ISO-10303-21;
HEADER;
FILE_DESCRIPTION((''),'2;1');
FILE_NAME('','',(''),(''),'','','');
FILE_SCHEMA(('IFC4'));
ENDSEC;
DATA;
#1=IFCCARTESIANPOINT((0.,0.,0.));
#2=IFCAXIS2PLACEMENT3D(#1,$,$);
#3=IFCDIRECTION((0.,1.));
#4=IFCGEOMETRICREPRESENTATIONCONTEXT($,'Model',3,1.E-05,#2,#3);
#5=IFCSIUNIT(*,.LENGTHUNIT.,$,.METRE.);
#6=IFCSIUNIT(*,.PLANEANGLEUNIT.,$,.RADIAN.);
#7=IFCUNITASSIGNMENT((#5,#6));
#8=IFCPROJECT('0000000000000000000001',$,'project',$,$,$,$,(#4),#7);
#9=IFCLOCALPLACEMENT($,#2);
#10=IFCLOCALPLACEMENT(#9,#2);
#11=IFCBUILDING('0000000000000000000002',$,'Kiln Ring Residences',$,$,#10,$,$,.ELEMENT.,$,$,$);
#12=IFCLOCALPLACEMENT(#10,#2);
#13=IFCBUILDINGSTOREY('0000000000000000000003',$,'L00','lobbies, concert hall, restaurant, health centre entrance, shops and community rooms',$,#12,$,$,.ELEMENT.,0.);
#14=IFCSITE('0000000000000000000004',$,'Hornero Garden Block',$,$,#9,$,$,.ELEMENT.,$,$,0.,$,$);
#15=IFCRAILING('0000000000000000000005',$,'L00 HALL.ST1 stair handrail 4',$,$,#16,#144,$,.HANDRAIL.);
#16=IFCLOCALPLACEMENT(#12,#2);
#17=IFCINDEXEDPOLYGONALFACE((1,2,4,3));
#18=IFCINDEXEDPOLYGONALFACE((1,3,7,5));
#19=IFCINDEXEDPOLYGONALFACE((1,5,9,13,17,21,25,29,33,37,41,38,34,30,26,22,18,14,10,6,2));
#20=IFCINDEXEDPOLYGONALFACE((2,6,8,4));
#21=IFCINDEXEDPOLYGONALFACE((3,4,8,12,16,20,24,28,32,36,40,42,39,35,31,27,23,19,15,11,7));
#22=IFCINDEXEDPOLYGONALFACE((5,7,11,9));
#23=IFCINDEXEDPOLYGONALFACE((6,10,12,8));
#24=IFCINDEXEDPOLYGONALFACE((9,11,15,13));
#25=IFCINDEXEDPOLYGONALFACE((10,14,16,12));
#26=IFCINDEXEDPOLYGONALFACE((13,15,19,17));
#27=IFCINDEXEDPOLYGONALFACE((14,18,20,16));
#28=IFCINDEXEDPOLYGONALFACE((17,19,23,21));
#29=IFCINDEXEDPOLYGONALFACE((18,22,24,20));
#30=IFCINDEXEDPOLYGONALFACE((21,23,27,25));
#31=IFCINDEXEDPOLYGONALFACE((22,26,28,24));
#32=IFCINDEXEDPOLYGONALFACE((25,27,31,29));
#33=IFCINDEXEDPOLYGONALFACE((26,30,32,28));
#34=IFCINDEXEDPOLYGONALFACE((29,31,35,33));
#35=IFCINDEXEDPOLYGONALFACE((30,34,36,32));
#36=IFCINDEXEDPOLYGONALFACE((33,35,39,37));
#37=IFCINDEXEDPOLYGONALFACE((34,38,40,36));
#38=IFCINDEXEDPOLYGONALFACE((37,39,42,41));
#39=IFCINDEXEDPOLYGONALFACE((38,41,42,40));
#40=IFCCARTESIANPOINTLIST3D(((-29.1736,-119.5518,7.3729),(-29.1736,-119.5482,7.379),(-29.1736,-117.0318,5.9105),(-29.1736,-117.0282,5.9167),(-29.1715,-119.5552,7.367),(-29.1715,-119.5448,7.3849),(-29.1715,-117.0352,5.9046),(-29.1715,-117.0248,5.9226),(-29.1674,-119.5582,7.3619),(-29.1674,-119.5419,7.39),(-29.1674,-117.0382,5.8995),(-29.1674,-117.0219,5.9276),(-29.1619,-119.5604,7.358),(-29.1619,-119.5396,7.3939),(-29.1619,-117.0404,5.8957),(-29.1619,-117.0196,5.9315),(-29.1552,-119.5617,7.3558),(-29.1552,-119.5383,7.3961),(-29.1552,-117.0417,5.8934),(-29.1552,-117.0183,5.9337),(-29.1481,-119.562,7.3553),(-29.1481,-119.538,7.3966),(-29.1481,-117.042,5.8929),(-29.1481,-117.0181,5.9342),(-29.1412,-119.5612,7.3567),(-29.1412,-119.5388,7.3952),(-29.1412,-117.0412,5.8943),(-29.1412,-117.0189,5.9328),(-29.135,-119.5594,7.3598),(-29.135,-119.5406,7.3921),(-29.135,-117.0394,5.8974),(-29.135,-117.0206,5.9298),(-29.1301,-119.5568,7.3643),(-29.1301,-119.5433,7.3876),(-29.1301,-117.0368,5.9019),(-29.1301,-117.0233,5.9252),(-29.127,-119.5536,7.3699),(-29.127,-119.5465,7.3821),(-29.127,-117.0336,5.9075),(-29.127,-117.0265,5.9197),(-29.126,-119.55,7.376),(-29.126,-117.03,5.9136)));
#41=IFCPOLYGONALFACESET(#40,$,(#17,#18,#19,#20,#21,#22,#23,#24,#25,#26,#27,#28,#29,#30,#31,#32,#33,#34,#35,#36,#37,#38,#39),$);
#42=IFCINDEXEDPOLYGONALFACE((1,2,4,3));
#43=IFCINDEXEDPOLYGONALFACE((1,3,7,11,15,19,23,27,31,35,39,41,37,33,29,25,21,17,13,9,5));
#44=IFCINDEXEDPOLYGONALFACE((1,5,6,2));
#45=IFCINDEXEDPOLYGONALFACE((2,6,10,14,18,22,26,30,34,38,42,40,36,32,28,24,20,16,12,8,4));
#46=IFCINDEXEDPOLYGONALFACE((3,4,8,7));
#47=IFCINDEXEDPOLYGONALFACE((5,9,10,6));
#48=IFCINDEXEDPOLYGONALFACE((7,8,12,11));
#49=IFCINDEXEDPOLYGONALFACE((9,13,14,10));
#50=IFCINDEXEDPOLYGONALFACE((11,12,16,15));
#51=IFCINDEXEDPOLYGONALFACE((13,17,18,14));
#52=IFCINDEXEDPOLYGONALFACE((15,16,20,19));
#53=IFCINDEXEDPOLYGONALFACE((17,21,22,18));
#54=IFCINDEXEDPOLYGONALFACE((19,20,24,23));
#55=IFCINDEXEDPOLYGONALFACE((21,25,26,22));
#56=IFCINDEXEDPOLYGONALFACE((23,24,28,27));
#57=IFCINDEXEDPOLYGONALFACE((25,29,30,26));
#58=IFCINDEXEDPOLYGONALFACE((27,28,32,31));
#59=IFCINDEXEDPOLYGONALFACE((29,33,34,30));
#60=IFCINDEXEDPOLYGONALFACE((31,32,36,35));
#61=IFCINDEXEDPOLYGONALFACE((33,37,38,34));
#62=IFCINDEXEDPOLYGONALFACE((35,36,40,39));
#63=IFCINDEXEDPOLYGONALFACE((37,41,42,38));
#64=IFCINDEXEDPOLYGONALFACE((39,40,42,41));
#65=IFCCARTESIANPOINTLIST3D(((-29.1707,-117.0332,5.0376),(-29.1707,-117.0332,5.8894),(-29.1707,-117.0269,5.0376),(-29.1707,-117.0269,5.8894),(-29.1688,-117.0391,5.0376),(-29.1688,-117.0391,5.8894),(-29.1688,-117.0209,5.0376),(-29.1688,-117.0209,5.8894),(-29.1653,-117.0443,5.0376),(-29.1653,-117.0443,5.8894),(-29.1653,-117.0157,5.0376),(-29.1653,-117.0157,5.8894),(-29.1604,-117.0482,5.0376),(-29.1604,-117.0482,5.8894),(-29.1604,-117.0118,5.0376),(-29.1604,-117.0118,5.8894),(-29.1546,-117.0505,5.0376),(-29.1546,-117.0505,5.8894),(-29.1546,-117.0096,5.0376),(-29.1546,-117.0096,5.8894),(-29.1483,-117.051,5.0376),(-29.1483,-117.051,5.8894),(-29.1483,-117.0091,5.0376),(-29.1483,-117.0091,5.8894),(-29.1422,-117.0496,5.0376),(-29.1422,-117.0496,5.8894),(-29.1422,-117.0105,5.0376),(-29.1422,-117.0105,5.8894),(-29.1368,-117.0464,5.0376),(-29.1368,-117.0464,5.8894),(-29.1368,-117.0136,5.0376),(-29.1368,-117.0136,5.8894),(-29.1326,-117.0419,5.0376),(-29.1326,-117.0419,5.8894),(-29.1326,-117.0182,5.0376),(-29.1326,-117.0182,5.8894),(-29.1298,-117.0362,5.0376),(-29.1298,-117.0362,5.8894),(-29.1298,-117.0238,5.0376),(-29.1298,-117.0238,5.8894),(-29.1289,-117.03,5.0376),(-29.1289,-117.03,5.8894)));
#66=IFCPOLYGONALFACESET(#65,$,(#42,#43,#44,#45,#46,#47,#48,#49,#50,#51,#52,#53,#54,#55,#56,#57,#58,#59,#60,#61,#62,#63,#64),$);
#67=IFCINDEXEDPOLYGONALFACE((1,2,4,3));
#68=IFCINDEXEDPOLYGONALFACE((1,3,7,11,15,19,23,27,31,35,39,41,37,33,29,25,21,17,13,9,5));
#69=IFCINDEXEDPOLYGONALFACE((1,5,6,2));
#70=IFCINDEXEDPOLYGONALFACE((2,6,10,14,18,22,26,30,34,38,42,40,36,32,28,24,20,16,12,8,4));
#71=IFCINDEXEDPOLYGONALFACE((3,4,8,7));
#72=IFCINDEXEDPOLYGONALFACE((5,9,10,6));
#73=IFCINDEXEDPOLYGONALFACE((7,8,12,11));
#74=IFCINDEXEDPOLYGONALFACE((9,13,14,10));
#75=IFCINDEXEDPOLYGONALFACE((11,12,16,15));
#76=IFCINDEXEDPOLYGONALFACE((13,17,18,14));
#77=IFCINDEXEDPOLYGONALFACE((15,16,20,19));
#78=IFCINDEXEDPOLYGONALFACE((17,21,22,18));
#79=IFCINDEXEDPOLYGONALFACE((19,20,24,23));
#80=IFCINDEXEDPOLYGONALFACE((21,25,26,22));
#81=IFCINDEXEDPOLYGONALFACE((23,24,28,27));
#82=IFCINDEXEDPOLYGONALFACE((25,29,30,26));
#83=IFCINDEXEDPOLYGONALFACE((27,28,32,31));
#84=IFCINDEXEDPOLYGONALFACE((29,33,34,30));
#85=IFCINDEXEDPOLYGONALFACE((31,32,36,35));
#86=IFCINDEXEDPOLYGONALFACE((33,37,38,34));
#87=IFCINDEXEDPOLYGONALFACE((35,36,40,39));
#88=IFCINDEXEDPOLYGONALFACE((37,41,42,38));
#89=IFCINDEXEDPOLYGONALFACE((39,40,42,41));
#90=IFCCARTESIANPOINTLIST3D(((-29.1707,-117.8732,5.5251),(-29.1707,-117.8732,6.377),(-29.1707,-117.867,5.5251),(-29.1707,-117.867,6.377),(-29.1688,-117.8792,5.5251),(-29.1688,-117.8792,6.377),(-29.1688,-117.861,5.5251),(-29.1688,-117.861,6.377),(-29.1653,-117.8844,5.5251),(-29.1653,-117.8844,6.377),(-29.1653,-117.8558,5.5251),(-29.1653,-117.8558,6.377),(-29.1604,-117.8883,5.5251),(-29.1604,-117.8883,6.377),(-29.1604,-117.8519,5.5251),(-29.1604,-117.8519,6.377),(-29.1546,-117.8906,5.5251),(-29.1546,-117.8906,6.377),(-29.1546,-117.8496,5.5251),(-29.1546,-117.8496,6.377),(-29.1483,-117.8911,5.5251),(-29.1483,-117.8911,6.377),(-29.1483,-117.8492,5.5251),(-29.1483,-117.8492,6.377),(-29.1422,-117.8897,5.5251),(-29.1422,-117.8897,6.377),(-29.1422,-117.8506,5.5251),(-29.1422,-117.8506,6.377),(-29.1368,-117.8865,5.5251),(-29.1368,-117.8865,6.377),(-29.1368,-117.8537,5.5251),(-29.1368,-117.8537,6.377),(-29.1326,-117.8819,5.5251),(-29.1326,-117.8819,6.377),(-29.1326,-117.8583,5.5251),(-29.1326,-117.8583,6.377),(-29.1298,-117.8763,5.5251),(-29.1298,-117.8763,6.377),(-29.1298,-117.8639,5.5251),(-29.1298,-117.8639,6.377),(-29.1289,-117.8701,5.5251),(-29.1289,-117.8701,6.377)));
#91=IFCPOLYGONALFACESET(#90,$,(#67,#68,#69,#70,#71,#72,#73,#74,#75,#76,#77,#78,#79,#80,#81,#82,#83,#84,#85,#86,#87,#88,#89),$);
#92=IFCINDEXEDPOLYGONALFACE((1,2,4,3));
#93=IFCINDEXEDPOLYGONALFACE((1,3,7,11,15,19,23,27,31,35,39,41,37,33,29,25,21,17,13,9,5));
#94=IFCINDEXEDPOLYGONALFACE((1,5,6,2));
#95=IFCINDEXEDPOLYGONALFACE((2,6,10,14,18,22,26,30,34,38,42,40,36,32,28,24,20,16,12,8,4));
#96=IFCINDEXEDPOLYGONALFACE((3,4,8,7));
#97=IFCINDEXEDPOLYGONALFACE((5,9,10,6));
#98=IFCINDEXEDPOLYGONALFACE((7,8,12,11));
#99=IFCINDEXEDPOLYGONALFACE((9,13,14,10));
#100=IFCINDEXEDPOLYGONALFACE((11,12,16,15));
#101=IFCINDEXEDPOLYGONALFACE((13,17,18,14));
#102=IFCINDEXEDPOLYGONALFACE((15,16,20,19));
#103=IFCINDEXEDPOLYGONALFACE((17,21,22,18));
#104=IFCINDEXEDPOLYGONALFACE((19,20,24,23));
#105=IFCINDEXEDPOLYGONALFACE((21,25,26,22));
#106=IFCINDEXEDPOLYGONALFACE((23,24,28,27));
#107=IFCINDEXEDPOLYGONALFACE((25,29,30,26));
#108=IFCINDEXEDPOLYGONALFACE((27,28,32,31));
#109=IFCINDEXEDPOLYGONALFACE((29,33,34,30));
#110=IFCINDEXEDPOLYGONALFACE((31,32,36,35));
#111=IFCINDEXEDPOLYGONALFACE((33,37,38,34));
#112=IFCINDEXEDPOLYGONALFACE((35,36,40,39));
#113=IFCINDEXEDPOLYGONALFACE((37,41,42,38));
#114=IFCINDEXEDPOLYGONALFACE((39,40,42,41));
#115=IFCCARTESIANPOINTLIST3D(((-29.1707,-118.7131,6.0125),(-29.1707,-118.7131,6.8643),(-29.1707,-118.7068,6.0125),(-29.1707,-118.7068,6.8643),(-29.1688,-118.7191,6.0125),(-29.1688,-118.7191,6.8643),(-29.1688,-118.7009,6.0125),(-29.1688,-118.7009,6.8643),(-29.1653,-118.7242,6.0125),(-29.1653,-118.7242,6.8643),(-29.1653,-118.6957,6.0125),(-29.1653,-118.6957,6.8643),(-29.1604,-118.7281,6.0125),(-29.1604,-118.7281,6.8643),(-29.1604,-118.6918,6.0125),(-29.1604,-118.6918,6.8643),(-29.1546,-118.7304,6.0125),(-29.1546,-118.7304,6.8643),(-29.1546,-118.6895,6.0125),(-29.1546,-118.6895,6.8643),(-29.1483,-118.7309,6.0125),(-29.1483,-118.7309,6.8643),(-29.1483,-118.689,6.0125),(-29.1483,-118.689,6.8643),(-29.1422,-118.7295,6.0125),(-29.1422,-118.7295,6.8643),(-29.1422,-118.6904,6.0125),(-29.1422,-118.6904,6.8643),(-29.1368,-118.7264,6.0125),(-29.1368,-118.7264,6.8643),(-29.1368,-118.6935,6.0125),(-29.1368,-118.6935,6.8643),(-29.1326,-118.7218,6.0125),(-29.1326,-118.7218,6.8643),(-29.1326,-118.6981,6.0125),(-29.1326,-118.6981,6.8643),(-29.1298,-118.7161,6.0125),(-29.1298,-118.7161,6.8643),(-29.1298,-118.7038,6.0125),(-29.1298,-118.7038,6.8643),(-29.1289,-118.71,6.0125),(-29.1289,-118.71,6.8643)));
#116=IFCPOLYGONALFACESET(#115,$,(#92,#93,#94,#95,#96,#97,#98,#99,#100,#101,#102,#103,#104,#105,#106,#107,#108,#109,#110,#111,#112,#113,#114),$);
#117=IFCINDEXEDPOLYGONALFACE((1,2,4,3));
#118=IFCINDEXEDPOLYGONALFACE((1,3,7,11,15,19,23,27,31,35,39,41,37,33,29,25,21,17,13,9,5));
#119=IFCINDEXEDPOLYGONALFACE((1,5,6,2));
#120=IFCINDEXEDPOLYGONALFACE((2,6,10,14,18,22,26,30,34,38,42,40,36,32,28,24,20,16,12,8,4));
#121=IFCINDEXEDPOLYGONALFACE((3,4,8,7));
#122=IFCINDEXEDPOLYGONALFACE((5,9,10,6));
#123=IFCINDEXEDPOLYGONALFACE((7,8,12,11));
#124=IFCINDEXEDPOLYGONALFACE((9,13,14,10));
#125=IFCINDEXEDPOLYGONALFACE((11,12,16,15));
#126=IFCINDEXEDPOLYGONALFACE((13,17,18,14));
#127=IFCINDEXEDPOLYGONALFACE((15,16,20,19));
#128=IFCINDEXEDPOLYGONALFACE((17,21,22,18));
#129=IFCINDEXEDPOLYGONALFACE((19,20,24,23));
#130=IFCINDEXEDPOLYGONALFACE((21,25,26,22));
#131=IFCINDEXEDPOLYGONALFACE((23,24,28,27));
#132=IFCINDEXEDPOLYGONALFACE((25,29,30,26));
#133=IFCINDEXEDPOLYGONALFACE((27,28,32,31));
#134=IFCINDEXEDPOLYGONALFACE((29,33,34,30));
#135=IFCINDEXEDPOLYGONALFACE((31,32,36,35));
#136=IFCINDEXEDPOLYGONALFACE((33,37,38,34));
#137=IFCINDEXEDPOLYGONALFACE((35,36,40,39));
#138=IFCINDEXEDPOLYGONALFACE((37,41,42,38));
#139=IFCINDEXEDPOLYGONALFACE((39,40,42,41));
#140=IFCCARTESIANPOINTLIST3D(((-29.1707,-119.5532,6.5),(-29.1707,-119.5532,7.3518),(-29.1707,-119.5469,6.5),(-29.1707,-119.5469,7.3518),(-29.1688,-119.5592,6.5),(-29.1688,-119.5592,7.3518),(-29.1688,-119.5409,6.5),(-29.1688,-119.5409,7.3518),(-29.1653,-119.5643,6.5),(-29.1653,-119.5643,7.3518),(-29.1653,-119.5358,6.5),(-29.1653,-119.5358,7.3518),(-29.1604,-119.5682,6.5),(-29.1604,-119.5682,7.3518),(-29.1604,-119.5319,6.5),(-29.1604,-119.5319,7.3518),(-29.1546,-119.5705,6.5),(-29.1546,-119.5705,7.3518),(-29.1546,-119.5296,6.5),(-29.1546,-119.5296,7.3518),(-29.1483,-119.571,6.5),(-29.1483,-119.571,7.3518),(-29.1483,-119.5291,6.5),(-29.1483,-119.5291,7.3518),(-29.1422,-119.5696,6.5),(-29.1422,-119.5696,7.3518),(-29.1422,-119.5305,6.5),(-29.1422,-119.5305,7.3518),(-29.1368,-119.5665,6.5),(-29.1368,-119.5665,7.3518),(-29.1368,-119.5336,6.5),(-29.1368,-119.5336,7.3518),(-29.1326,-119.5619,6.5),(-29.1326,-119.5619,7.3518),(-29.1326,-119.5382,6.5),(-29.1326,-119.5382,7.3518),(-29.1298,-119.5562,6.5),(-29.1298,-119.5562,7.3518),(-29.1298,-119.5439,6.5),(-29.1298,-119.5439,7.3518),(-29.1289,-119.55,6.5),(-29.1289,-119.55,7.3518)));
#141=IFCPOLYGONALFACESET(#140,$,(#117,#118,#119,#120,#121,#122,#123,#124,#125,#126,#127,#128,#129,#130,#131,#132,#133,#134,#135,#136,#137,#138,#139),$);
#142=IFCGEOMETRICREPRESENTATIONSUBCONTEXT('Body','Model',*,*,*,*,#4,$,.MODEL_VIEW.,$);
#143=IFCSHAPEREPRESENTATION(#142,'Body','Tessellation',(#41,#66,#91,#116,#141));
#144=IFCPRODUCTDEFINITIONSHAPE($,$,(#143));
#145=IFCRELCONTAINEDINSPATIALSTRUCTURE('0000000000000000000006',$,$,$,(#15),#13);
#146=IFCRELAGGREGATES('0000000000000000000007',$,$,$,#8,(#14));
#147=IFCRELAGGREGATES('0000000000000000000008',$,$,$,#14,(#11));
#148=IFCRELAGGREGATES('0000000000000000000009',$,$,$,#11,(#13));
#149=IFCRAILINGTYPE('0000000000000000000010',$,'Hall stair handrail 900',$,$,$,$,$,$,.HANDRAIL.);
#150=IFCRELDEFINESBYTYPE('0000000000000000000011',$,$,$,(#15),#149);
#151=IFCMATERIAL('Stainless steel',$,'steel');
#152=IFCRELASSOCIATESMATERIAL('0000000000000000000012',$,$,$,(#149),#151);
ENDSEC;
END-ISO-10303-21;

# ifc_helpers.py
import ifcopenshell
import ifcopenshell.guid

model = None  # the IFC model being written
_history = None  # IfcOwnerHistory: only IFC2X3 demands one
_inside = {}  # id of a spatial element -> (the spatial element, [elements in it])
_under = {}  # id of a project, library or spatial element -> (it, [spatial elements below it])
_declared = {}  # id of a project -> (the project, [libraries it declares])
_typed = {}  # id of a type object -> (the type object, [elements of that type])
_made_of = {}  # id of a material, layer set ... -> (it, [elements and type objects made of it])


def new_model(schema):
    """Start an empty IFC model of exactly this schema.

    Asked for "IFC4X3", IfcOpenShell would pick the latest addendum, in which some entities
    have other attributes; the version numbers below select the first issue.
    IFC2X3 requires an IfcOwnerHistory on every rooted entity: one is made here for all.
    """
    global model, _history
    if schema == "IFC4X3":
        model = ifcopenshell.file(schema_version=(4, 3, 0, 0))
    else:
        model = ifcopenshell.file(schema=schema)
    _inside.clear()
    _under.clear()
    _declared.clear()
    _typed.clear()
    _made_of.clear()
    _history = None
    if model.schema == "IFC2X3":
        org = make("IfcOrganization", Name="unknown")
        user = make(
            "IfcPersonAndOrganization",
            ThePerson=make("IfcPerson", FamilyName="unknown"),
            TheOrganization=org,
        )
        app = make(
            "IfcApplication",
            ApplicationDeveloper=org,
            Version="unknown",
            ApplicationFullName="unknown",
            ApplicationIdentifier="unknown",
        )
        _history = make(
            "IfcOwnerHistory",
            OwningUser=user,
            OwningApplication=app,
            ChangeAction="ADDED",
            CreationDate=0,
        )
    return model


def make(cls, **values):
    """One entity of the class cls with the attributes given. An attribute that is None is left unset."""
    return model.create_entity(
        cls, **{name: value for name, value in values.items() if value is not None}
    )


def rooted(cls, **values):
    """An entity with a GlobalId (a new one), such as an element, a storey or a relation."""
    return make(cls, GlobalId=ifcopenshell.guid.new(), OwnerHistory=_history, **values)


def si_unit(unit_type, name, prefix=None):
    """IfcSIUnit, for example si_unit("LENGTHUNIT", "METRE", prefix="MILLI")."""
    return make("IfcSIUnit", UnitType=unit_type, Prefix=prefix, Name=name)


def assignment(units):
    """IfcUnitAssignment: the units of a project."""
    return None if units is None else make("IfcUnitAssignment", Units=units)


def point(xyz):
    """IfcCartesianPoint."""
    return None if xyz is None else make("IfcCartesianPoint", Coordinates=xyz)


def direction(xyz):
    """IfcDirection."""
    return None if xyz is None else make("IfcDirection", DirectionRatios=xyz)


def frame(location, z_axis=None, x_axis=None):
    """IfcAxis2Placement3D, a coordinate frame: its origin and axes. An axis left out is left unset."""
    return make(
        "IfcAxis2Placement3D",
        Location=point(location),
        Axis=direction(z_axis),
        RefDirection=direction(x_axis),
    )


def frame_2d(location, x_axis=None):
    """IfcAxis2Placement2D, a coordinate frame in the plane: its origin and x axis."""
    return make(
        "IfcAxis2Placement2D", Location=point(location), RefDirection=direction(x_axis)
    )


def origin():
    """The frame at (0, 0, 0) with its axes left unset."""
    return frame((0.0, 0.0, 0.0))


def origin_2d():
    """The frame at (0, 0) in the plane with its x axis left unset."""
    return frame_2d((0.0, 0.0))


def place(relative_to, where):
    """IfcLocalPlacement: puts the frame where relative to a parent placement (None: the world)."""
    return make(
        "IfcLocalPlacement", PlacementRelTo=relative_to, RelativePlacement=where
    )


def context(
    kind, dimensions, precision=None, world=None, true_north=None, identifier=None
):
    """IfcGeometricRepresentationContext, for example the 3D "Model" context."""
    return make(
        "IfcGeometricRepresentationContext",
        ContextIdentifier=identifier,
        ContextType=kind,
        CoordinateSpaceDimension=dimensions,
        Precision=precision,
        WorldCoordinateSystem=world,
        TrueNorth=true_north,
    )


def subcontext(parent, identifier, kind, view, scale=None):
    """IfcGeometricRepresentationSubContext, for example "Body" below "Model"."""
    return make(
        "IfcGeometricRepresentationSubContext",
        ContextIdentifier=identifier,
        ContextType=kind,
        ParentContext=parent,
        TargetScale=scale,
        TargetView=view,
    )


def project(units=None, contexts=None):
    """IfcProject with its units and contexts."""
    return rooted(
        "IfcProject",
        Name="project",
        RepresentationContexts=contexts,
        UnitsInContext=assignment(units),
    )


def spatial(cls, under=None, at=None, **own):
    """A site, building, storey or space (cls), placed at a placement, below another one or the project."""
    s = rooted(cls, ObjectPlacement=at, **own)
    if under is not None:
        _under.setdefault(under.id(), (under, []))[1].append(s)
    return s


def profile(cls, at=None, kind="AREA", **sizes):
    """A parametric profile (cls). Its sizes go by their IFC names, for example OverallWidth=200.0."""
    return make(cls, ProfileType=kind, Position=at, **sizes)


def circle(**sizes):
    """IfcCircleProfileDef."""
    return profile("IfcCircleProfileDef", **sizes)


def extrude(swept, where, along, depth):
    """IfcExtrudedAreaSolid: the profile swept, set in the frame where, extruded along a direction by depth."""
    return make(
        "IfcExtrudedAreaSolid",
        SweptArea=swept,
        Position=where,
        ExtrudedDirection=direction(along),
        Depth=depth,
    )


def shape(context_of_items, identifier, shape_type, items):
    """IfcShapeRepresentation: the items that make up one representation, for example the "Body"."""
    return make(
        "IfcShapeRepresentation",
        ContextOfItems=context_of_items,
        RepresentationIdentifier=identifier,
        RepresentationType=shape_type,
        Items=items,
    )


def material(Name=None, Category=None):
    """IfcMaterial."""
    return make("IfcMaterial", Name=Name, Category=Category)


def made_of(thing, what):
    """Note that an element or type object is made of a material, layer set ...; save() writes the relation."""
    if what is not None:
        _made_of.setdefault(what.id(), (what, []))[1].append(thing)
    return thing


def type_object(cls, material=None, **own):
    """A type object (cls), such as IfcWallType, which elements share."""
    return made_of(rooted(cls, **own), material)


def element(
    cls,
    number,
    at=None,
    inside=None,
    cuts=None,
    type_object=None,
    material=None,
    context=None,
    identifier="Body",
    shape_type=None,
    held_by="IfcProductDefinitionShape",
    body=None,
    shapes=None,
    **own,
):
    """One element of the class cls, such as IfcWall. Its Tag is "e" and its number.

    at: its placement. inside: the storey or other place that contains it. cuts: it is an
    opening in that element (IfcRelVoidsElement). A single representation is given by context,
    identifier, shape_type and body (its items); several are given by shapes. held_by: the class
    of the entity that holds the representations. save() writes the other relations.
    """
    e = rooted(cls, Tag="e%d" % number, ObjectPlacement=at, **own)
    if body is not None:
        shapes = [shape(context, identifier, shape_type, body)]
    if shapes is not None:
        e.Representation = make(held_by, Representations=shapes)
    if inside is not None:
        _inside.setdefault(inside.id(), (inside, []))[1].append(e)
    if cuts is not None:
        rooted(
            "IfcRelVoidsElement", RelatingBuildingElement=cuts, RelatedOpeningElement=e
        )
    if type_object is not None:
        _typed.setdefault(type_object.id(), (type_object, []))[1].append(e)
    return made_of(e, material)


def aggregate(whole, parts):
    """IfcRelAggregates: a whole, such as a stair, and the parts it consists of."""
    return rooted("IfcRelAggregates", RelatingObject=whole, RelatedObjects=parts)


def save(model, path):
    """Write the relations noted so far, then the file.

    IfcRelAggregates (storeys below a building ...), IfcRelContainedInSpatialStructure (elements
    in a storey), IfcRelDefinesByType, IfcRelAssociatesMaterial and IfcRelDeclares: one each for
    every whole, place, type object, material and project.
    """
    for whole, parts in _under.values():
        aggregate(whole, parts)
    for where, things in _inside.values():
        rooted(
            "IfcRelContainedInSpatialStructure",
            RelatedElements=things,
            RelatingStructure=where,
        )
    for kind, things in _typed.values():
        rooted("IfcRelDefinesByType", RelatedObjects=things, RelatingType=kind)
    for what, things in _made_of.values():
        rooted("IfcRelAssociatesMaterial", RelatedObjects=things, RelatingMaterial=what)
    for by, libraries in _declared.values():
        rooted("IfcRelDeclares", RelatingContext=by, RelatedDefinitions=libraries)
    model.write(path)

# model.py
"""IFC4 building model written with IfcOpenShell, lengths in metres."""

from ifc_helpers import new_model, si_unit, direction, frame, origin, origin_2d, place, context, subcontext, project, spatial, circle, extrude, material, type_object, element, save


model = new_model("IFC4")

# Units and contexts
model_context = context("Model", 3, precision=1e-05, world=origin(), true_north=direction((0.0, 1.0)))
body_context = subcontext(model_context, "Body", "Model", "MODEL_VIEW")
ifc_project = project(units=[si_unit("LENGTHUNIT", "METRE"), si_unit("PLANEANGLEUNIT", "RADIAN")], contexts=[model_context])

# Site, building, storey
site_placement = place(None, origin())
site = spatial("IfcSite", under=ifc_project, at=site_placement, Name="Hornero Garden Block", CompositionType="ELEMENT", RefElevation=0.0)
building_placement = place(site_placement, origin())
building = spatial("IfcBuilding", under=site, at=building_placement, Name="Kiln Ring Residences", CompositionType="ELEMENT")
storey_placement = place(building_placement, origin())
storey = spatial("IfcBuildingStorey", under=building, at=storey_placement, Name="L00", Description="lobbies, concert hall, restaurant, health centre entrance, shops and community rooms", CompositionType="ELEMENT", Elevation=0.0)

# Railing
ifc_material_1 = material(Name="Stainless steel", Category="steel")
railing_type_1 = type_object("IfcRailingType", Name="Hall stair handrail 900", PredefinedType="HANDRAIL", material=ifc_material_1)
for number, where, name in (
    (1, (-29.1499, -117.03, 5.0376), "L00 HALL.ST1 stair handrail 4"),
):
    element("IfcRailing", number, at=place(storey_placement, frame(where)), inside=storey, type_object=railing_type_1, Name=name, PredefinedType="HANDRAIL", context=body_context, shape_type="SweptSolid", body=[
        extrude(circle(Radius=0.0239, at=origin_2d()), frame((0.0, 0.0, 0.876), z_axis=(0.0, -0.864913, 0.501921), x_axis=(1.0, 0.0, 0.0)), (0.0, 0.0, 1.0), 2.9136),
        extrude(circle(Radius=0.021, at=origin_2d()), origin(), (0.0, 0.0, 1.0), 0.8518),
        extrude(circle(Radius=0.021, at=origin_2d()), frame((0.0, -0.8401, 0.4875)), (0.0, 0.0, 1.0), 0.8518),
        extrude(circle(Radius=0.021, at=origin_2d()), frame((0.0, -1.6799, 0.9749)), (0.0, 0.0, 1.0), 0.8518),
        extrude(circle(Radius=0.021, at=origin_2d()), frame((0.0, -2.52, 1.4624)), (0.0, 0.0, 1.0), 0.8518),
    ])

save(model, "model.ifc")
